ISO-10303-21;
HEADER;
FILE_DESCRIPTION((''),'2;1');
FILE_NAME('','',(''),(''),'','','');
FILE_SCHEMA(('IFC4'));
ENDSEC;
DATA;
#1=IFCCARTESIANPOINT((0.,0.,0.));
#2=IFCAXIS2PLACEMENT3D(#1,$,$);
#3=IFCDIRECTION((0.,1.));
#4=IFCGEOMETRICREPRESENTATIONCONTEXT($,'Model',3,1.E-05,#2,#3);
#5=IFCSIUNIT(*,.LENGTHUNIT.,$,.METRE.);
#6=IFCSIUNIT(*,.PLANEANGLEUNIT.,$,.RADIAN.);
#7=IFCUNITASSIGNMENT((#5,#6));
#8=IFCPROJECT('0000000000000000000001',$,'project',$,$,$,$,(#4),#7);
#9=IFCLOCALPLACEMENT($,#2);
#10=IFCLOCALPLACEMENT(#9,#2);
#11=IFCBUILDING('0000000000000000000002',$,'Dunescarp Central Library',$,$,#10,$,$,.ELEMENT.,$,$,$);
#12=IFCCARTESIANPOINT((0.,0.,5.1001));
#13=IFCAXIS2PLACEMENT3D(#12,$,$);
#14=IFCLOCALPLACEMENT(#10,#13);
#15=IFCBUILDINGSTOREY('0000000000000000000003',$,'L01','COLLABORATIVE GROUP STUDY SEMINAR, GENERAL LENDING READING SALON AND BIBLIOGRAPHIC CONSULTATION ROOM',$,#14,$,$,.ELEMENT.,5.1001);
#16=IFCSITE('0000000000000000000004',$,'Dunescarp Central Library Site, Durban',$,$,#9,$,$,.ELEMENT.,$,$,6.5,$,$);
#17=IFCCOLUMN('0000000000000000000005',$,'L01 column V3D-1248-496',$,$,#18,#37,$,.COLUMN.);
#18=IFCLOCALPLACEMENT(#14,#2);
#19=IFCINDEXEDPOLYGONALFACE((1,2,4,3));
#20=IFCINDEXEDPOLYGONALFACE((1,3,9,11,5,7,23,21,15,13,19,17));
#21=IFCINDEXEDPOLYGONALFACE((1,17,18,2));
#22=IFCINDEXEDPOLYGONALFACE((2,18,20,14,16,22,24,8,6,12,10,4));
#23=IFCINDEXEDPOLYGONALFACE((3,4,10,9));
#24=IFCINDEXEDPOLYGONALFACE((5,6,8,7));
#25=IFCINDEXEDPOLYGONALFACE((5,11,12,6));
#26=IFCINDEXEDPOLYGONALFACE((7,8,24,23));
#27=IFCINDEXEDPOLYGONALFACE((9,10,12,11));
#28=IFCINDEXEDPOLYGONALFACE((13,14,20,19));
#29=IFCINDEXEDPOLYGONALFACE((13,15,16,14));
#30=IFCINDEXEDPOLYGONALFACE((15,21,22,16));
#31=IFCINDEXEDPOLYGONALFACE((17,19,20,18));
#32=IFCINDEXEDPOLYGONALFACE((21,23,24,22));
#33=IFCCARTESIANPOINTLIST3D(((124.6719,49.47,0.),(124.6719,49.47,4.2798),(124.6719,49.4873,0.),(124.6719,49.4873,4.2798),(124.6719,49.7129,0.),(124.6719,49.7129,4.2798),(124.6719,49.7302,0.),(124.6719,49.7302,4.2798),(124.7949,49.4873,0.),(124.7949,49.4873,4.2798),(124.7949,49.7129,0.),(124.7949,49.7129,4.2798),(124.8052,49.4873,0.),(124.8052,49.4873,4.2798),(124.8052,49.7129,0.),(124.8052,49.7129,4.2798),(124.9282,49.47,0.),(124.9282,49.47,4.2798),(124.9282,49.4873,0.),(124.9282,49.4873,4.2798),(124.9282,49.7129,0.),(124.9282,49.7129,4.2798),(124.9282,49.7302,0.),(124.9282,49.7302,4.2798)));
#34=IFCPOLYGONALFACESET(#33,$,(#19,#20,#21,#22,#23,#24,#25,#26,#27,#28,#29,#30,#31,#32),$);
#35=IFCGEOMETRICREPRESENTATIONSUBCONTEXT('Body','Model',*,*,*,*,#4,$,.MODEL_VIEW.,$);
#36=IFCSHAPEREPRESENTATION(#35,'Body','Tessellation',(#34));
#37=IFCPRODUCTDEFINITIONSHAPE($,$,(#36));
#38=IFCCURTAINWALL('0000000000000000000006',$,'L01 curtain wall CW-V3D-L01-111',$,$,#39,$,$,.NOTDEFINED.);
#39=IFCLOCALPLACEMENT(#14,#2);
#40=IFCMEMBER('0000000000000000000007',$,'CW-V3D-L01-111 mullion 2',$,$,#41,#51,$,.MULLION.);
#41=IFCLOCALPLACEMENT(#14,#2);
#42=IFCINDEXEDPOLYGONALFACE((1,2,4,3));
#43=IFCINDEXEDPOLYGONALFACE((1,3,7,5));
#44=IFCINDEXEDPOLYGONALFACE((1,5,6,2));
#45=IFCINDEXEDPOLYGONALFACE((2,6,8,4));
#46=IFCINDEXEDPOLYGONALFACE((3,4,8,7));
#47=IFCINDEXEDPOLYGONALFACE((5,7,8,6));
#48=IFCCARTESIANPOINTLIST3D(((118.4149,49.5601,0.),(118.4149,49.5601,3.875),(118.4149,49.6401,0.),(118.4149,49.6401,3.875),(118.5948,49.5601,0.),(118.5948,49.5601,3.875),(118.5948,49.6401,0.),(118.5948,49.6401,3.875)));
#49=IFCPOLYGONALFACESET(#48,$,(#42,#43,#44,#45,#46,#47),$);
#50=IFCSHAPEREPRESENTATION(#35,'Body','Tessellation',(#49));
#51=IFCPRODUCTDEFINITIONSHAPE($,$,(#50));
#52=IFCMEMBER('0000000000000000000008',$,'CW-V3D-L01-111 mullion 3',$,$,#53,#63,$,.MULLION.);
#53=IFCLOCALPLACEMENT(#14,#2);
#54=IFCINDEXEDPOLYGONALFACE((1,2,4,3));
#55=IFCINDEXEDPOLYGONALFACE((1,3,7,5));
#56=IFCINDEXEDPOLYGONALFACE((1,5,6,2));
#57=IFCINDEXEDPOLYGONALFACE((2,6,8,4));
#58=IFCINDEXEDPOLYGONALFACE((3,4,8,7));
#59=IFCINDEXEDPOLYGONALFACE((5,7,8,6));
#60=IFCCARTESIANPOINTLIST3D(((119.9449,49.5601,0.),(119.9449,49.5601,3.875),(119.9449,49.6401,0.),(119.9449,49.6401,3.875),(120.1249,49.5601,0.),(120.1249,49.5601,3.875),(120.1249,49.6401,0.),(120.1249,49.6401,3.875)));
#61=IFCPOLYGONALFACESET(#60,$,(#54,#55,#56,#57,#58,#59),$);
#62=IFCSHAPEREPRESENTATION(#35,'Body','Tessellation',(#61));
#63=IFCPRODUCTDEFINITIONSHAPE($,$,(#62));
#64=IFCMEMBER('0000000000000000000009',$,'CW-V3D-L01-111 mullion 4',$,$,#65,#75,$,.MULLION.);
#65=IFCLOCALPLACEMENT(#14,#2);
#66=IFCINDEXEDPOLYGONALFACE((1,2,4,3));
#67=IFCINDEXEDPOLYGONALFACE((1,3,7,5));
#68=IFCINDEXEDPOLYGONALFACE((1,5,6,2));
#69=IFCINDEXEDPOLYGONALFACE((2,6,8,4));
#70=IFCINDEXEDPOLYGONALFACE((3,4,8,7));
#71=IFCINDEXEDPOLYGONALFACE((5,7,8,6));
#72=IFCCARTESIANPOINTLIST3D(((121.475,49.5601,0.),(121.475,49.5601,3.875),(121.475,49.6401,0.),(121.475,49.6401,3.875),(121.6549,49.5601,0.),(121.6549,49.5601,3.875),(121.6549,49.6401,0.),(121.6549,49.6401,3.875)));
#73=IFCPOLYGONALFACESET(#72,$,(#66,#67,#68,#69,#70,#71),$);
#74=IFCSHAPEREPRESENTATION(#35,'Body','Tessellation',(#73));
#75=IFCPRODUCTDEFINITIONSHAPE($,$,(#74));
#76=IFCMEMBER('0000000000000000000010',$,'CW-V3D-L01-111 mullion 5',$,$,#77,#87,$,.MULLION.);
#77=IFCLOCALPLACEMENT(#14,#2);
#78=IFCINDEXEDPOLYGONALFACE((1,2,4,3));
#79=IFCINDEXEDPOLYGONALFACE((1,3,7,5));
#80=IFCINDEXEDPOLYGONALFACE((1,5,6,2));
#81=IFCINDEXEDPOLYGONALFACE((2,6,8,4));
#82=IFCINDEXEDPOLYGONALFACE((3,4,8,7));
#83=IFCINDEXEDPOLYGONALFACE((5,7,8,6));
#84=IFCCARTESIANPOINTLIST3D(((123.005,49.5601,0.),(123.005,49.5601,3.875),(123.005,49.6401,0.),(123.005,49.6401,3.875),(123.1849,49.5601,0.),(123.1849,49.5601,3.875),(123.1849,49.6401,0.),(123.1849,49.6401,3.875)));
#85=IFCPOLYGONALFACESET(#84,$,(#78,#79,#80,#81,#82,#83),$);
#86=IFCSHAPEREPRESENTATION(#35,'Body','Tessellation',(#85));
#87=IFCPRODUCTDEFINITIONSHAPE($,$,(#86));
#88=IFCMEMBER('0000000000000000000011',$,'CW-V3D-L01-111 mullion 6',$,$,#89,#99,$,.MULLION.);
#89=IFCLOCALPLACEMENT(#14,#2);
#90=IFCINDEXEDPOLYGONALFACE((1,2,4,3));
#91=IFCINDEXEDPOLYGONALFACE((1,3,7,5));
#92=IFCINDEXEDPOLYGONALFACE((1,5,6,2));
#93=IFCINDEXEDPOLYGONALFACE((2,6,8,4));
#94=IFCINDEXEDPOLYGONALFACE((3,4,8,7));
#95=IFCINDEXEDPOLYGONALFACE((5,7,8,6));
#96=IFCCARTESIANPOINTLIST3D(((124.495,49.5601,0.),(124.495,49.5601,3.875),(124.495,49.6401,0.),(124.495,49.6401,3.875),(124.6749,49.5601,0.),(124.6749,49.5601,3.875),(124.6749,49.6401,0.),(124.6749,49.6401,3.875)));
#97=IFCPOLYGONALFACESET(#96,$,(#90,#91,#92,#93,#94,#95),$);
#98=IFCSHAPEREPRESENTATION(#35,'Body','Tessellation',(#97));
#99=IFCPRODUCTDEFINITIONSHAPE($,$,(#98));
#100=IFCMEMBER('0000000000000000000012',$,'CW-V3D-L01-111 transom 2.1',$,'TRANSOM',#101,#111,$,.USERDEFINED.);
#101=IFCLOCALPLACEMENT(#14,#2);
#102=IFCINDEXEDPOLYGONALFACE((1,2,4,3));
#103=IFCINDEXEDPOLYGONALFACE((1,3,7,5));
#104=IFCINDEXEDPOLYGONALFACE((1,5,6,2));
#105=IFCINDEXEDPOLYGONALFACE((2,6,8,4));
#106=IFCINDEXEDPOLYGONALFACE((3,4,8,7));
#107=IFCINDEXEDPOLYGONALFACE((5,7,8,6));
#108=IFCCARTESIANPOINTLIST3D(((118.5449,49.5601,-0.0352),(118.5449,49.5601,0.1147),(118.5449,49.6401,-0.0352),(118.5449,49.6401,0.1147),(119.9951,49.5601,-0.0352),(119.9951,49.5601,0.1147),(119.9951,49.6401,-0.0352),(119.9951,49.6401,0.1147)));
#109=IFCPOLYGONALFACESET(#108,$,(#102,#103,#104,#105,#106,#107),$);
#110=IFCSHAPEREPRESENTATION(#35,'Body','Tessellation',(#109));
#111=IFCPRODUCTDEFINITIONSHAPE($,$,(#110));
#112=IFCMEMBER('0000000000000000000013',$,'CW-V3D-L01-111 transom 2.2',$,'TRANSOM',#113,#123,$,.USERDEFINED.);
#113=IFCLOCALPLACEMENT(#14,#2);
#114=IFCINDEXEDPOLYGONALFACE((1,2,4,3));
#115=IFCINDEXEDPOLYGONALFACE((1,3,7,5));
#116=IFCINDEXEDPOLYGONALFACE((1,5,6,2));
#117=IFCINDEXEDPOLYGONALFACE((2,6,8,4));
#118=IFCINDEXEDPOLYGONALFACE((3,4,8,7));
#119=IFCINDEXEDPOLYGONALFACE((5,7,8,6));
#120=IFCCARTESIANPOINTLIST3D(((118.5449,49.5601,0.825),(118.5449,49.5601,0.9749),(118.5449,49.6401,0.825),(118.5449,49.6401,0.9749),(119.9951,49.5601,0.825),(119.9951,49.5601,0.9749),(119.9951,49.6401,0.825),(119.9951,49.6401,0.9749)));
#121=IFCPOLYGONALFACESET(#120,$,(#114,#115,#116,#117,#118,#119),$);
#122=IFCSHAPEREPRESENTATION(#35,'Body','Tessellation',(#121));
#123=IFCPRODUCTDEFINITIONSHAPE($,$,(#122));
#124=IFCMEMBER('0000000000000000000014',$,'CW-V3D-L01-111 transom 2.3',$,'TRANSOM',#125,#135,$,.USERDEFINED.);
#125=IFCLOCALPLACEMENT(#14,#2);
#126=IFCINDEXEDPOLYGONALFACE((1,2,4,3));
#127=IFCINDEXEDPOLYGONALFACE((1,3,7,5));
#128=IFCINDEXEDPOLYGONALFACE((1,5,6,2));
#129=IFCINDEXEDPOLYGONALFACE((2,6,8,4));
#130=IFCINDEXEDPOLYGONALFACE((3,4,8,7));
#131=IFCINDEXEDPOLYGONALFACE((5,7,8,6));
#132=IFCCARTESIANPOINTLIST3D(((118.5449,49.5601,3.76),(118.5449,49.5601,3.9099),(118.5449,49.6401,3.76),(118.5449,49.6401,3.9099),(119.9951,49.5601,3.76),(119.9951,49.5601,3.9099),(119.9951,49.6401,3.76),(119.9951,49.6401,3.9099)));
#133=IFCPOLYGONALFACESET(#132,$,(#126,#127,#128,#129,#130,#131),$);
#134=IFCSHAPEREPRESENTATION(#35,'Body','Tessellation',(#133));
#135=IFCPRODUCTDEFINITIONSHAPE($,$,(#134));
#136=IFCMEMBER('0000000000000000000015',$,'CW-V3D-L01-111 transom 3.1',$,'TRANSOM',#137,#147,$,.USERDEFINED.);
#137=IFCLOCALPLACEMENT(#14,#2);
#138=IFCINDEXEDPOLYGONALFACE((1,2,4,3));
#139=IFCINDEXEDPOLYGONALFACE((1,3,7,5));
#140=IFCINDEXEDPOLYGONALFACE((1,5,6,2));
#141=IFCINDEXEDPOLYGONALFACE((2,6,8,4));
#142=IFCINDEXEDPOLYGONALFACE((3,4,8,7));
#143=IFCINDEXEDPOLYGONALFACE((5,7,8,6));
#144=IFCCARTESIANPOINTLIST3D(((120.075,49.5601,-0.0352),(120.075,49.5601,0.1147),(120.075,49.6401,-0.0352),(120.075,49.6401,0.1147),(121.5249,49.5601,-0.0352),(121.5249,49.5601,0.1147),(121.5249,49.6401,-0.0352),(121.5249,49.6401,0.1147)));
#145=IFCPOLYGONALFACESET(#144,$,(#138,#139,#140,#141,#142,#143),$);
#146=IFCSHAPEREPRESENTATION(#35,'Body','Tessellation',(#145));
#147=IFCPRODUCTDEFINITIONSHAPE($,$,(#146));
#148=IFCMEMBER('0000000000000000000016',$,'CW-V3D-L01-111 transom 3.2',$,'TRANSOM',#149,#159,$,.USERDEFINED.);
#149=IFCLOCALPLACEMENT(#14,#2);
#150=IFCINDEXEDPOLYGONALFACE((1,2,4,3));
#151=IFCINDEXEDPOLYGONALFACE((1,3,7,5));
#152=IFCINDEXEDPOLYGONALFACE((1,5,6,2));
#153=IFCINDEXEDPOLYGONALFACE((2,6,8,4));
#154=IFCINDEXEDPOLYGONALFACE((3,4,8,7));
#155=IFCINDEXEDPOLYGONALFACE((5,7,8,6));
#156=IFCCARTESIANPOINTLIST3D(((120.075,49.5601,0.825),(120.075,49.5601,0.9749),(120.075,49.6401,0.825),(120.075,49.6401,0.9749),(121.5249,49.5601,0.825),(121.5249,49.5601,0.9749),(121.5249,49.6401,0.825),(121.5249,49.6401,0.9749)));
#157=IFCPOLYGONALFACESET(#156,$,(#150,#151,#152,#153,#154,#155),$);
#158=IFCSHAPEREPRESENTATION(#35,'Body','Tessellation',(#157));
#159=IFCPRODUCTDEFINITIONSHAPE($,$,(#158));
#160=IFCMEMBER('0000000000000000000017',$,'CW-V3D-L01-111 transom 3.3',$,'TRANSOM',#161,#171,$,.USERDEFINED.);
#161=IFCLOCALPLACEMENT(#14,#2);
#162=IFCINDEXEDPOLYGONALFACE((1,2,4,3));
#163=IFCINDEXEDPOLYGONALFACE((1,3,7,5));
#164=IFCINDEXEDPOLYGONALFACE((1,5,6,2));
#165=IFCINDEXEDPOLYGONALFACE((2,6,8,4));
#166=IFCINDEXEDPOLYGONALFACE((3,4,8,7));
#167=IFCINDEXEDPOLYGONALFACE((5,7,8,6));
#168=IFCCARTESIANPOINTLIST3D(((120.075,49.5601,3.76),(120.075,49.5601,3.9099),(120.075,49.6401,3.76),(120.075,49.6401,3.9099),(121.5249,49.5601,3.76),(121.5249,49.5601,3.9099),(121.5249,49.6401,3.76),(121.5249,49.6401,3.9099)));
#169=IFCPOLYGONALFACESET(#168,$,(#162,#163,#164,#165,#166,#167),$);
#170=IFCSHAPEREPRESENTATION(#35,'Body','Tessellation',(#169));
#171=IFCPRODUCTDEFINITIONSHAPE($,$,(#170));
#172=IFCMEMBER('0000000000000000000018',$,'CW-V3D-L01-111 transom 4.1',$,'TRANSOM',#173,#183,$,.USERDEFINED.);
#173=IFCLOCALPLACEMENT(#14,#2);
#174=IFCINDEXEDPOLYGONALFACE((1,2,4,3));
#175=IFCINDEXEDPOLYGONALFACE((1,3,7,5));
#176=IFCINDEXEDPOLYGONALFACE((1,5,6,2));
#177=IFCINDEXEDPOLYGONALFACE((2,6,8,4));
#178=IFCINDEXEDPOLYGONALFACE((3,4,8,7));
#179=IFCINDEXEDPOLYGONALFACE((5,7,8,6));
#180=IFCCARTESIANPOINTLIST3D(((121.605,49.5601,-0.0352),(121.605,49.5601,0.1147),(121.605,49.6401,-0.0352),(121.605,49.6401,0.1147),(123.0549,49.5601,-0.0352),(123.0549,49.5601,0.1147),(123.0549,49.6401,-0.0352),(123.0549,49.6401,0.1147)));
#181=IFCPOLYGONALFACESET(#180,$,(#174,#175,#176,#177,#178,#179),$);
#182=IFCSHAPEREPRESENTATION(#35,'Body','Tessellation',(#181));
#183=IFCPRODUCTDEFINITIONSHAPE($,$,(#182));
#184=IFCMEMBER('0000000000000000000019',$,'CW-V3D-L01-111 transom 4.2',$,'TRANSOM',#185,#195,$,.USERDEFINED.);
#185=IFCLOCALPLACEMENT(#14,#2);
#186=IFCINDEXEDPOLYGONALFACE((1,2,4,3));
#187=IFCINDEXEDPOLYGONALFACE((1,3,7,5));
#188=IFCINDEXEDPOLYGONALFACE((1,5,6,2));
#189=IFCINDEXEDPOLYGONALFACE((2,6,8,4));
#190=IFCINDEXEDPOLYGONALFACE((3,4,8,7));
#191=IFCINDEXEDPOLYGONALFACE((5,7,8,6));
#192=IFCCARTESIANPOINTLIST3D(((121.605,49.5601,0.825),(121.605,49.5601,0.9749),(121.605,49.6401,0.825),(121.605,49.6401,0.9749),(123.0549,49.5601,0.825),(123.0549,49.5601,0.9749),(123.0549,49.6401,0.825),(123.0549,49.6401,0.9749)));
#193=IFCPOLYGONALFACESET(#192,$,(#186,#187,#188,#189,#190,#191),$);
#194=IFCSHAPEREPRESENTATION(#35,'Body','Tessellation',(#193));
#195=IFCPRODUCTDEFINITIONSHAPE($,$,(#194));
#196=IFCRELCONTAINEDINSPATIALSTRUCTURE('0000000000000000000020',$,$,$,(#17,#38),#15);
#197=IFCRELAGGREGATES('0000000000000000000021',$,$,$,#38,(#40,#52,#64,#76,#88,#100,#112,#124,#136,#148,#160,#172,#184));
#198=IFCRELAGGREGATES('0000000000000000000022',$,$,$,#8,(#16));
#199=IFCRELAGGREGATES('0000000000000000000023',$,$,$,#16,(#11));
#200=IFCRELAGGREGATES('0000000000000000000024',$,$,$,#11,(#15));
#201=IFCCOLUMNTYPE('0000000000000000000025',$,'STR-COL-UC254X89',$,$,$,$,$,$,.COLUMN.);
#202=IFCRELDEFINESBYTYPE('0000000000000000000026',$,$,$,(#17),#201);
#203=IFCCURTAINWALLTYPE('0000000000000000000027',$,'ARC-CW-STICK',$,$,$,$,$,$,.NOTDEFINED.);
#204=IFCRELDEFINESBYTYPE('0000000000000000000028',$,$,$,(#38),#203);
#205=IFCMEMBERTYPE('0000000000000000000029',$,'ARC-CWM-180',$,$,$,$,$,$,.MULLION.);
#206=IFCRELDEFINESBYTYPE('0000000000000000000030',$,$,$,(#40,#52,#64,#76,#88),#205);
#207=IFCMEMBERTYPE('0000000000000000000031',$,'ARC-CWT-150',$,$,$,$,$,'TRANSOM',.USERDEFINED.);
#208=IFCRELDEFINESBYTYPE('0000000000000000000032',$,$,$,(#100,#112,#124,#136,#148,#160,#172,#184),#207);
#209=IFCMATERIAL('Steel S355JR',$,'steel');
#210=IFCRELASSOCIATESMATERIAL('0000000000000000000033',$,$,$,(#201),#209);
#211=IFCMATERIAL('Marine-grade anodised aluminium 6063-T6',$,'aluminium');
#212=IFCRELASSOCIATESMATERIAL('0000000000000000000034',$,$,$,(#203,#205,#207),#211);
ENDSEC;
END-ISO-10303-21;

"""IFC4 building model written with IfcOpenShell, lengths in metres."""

from ifc_helpers import new_model, si_unit, direction, frame, origin, origin_2d, place, context, subcontext, project, spatial, rectangle, i_section, extrude, material, material_profile, profile_set, type_object, element, aggregate, save


model = new_model("IFC4")

# Units and contexts
model_context = context("Model", 3, precision=1e-05, world=origin(), true_north=direction((0.0, 1.0)))
body_context = subcontext(model_context, "Body", "Model", "MODEL_VIEW")
ifc_project = project(units=[si_unit("LENGTHUNIT", "METRE"), si_unit("PLANEANGLEUNIT", "RADIAN")], contexts=[model_context])

# Site, building, storey
site_placement = place(None, origin())
site = spatial("IfcSite", under=ifc_project, at=site_placement, Name="Dunescarp Central Library Site, Durban", CompositionType="ELEMENT", RefElevation=6.5)
building_placement = place(site_placement, origin())
building = spatial("IfcBuilding", under=site, at=building_placement, Name="Dunescarp Central Library", CompositionType="ELEMENT")
storey_placement = place(building_placement, frame((0.0, 0.0, 5.1001)))
storey = spatial("IfcBuildingStorey", under=building, at=storey_placement, Name="L01", Description="COLLABORATIVE GROUP STUDY SEMINAR, GENERAL LENDING READING SALON AND BIBLIOGRAPHIC CONSULTATION ROOM", CompositionType="ELEMENT", Elevation=5.1001)

# Column
ifc_material_1 = material(Name="Steel S355JR", Category="steel")
ifc_material_profile_1 = material_profile(ifc_material_1, i_section(OverallWidth=0.2563, OverallDepth=0.2603, WebThickness=0.0103, FlangeThickness=0.0173, at=origin_2d()), Name="UC 254x254x89")
ifc_profile_set_1 = profile_set([ifc_material_profile_1], Name="Steel S355JR")
column_type = type_object("IfcColumnType", Name="STR-COL-UC254X89", PredefinedType="COLUMN", material=ifc_profile_set_1)
column_placement = place(storey_placement, frame((124.8, 49.6001, 0.0), z_axis=(0.0, 0.0, 1.0), x_axis=(1.0, 0.0, 0.0)))
element("IfcColumn", 1, at=column_placement, inside=storey, type_object=column_type, Name="L01 column V3D-1248-496", PredefinedType="COLUMN", context=body_context, shape_type="SweptSolid", body=[
    extrude(i_section(OverallWidth=0.2563, OverallDepth=0.2603, WebThickness=0.0103, FlangeThickness=0.0173, at=origin_2d()), origin(), (0.0, 0.0, 1.0), 4.2798),
])

# Curtain wall, members
ifc_material_2 = material(Name="Marine-grade anodised aluminium 6063-T6", Category="aluminium")
curtain_wall_type = type_object("IfcCurtainWallType", Name="ARC-CW-STICK", PredefinedType="NOTDEFINED", material=ifc_material_2)
curtain_wall_placement = place(storey_placement, origin())
curtain_wall = element("IfcCurtainWall", 2, at=curtain_wall_placement, inside=storey, type_object=curtain_wall_type, Name="L01 curtain wall CW-V3D-L01-111", PredefinedType="NOTDEFINED")
ifc_material_profile_2 = material_profile(ifc_material_2, rectangle(XDim=0.0801, YDim=0.1799, at=origin_2d()), Name="AL 80x180")
ifc_profile_set_2 = profile_set([ifc_material_profile_2], Name="Marine-grade anodised aluminium 6063-T6")
member_type_1 = type_object("IfcMemberType", Name="ARC-CWM-180", PredefinedType="MULLION", material=ifc_profile_set_2)
member_1_placement = place(storey_placement, frame((118.5049, 49.6001, 0.0), z_axis=(0.0, 0.0, 1.0), x_axis=(0.0, 1.0, 0.0)))
member_1 = element("IfcMember", 3, at=member_1_placement, type_object=member_type_1, Name="CW-V3D-L01-111 mullion 2", PredefinedType="MULLION", context=body_context, shape_type="SweptSolid", body=[
    extrude(rectangle(XDim=0.0801, YDim=0.1799, at=origin_2d()), origin(), (0.0, 0.0, 1.0), 3.875),
])
member_2_placement = place(storey_placement, frame((120.0349, 49.6001, 0.0), z_axis=(0.0, 0.0, 1.0), x_axis=(0.0, 1.0, 0.0)))
member_2 = element("IfcMember", 4, at=member_2_placement, type_object=member_type_1, Name="CW-V3D-L01-111 mullion 3", PredefinedType="MULLION", context=body_context, shape_type="SweptSolid", body=[
    extrude(rectangle(XDim=0.0801, YDim=0.1799, at=origin_2d()), origin(), (0.0, 0.0, 1.0), 3.875),
])
member_3_placement = place(storey_placement, frame((121.5649, 49.6001, 0.0), z_axis=(0.0, 0.0, 1.0), x_axis=(0.0, 1.0, 0.0)))
member_3 = element("IfcMember", 5, at=member_3_placement, type_object=member_type_1, Name="CW-V3D-L01-111 mullion 4", PredefinedType="MULLION", context=body_context, shape_type="SweptSolid", body=[
    extrude(rectangle(XDim=0.0801, YDim=0.1799, at=origin_2d()), origin(), (0.0, 0.0, 1.0), 3.875),
])
member_4_placement = place(storey_placement, frame((123.095, 49.6001, 0.0), z_axis=(0.0, 0.0, 1.0), x_axis=(0.0, 1.0, 0.0)))
member_4 = element("IfcMember", 6, at=member_4_placement, type_object=member_type_1, Name="CW-V3D-L01-111 mullion 5", PredefinedType="MULLION", context=body_context, shape_type="SweptSolid", body=[
    extrude(rectangle(XDim=0.0801, YDim=0.1799, at=origin_2d()), origin(), (0.0, 0.0, 1.0), 3.875),
])
member_5_placement = place(storey_placement, frame((124.585, 49.6001, 0.0), z_axis=(0.0, 0.0, 1.0), x_axis=(0.0, 1.0, 0.0)))
member_5 = element("IfcMember", 7, at=member_5_placement, type_object=member_type_1, Name="CW-V3D-L01-111 mullion 6", PredefinedType="MULLION", context=body_context, shape_type="SweptSolid", body=[
    extrude(rectangle(XDim=0.0801, YDim=0.1799, at=origin_2d()), origin(), (0.0, 0.0, 1.0), 3.875),
])
ifc_material_profile_3 = material_profile(ifc_material_2, rectangle(XDim=0.0801, YDim=0.1499, at=origin_2d()), Name="AL 80x150")
ifc_profile_set_3 = profile_set([ifc_material_profile_3], Name="Marine-grade anodised aluminium 6063-T6")
member_type_2 = type_object("IfcMemberType", Name="ARC-CWT-150", ElementType="TRANSOM", PredefinedType="USERDEFINED", material=ifc_profile_set_3)
member_6_placement = place(storey_placement, frame((118.5449, 49.6001, 0.0398), z_axis=(1.0, 0.0, 0.0), x_axis=(0.0, 1.0, 0.0)))
member_6 = element("IfcMember", 8, at=member_6_placement, type_object=member_type_2, Name="CW-V3D-L01-111 transom 2.1", ObjectType="TRANSOM", PredefinedType="USERDEFINED", context=body_context, shape_type="SweptSolid", body=[
    extrude(rectangle(XDim=0.0801, YDim=0.1499, at=origin_2d()), origin(), (0.0, 0.0, 1.0), 1.4502),
])
member_7_placement = place(storey_placement, frame((118.5449, 49.6001, 0.8999), z_axis=(1.0, 0.0, 0.0), x_axis=(0.0, 1.0, 0.0)))
member_7 = element("IfcMember", 9, at=member_7_placement, type_object=member_type_2, Name="CW-V3D-L01-111 transom 2.2", ObjectType="TRANSOM", PredefinedType="USERDEFINED", context=body_context, shape_type="SweptSolid", body=[
    extrude(rectangle(XDim=0.0801, YDim=0.1499, at=origin_2d()), origin(), (0.0, 0.0, 1.0), 1.4502),
])
member_8_placement = place(storey_placement, frame((118.5449, 49.6001, 3.835), z_axis=(1.0, 0.0, 0.0), x_axis=(0.0, 1.0, 0.0)))
member_8 = element("IfcMember", 10, at=member_8_placement, type_object=member_type_2, Name="CW-V3D-L01-111 transom 2.3", ObjectType="TRANSOM", PredefinedType="USERDEFINED", context=body_context, shape_type="SweptSolid", body=[
    extrude(rectangle(XDim=0.0801, YDim=0.1499, at=origin_2d()), origin(), (0.0, 0.0, 1.0), 1.4502),
])
member_9_placement = place(storey_placement, frame((120.075, 49.6001, 0.0398), z_axis=(1.0, 0.0, 0.0), x_axis=(0.0, 1.0, 0.0)))
member_9 = element("IfcMember", 11, at=member_9_placement, type_object=member_type_2, Name="CW-V3D-L01-111 transom 3.1", ObjectType="TRANSOM", PredefinedType="USERDEFINED", context=body_context, shape_type="SweptSolid", body=[
    extrude(rectangle(XDim=0.0801, YDim=0.1499, at=origin_2d()), origin(), (0.0, 0.0, 1.0), 1.45),
])
member_10_placement = place(storey_placement, frame((120.075, 49.6001, 0.8999), z_axis=(1.0, 0.0, 0.0), x_axis=(0.0, 1.0, 0.0)))
member_10 = element("IfcMember", 12, at=member_10_placement, type_object=member_type_2, Name="CW-V3D-L01-111 transom 3.2", ObjectType="TRANSOM", PredefinedType="USERDEFINED", context=body_context, shape_type="SweptSolid", body=[
    extrude(rectangle(XDim=0.0801, YDim=0.1499, at=origin_2d()), origin(), (0.0, 0.0, 1.0), 1.45),
])
member_11_placement = place(storey_placement, frame((120.075, 49.6001, 3.835), z_axis=(1.0, 0.0, 0.0), x_axis=(0.0, 1.0, 0.0)))
member_11 = element("IfcMember", 13, at=member_11_placement, type_object=member_type_2, Name="CW-V3D-L01-111 transom 3.3", ObjectType="TRANSOM", PredefinedType="USERDEFINED", context=body_context, shape_type="SweptSolid", body=[
    extrude(rectangle(XDim=0.0801, YDim=0.1499, at=origin_2d()), origin(), (0.0, 0.0, 1.0), 1.45),
])
member_12_placement = place(storey_placement, frame((121.605, 49.6001, 0.0398), z_axis=(1.0, 0.0, 0.0), x_axis=(0.0, 1.0, 0.0)))
member_12 = element("IfcMember", 14, at=member_12_placement, type_object=member_type_2, Name="CW-V3D-L01-111 transom 4.1", ObjectType="TRANSOM", PredefinedType="USERDEFINED", context=body_context, shape_type="SweptSolid", body=[
    extrude(rectangle(XDim=0.0801, YDim=0.1499, at=origin_2d()), origin(), (0.0, 0.0, 1.0), 1.45),
])
member_13_placement = place(storey_placement, frame((121.605, 49.6001, 0.8999), z_axis=(1.0, 0.0, 0.0), x_axis=(0.0, 1.0, 0.0)))
member_13 = element("IfcMember", 15, at=member_13_placement, type_object=member_type_2, Name="CW-V3D-L01-111 transom 4.2", ObjectType="TRANSOM", PredefinedType="USERDEFINED", context=body_context, shape_type="SweptSolid", body=[
    extrude(rectangle(XDim=0.0801, YDim=0.1499, at=origin_2d()), origin(), (0.0, 0.0, 1.0), 1.45),
])
aggregate(curtain_wall, [member_1, member_2, member_3, member_4, member_5, member_6, member_7, member_8, member_9, member_10, member_11, member_12, member_13])

save(model, "model.ifc")
